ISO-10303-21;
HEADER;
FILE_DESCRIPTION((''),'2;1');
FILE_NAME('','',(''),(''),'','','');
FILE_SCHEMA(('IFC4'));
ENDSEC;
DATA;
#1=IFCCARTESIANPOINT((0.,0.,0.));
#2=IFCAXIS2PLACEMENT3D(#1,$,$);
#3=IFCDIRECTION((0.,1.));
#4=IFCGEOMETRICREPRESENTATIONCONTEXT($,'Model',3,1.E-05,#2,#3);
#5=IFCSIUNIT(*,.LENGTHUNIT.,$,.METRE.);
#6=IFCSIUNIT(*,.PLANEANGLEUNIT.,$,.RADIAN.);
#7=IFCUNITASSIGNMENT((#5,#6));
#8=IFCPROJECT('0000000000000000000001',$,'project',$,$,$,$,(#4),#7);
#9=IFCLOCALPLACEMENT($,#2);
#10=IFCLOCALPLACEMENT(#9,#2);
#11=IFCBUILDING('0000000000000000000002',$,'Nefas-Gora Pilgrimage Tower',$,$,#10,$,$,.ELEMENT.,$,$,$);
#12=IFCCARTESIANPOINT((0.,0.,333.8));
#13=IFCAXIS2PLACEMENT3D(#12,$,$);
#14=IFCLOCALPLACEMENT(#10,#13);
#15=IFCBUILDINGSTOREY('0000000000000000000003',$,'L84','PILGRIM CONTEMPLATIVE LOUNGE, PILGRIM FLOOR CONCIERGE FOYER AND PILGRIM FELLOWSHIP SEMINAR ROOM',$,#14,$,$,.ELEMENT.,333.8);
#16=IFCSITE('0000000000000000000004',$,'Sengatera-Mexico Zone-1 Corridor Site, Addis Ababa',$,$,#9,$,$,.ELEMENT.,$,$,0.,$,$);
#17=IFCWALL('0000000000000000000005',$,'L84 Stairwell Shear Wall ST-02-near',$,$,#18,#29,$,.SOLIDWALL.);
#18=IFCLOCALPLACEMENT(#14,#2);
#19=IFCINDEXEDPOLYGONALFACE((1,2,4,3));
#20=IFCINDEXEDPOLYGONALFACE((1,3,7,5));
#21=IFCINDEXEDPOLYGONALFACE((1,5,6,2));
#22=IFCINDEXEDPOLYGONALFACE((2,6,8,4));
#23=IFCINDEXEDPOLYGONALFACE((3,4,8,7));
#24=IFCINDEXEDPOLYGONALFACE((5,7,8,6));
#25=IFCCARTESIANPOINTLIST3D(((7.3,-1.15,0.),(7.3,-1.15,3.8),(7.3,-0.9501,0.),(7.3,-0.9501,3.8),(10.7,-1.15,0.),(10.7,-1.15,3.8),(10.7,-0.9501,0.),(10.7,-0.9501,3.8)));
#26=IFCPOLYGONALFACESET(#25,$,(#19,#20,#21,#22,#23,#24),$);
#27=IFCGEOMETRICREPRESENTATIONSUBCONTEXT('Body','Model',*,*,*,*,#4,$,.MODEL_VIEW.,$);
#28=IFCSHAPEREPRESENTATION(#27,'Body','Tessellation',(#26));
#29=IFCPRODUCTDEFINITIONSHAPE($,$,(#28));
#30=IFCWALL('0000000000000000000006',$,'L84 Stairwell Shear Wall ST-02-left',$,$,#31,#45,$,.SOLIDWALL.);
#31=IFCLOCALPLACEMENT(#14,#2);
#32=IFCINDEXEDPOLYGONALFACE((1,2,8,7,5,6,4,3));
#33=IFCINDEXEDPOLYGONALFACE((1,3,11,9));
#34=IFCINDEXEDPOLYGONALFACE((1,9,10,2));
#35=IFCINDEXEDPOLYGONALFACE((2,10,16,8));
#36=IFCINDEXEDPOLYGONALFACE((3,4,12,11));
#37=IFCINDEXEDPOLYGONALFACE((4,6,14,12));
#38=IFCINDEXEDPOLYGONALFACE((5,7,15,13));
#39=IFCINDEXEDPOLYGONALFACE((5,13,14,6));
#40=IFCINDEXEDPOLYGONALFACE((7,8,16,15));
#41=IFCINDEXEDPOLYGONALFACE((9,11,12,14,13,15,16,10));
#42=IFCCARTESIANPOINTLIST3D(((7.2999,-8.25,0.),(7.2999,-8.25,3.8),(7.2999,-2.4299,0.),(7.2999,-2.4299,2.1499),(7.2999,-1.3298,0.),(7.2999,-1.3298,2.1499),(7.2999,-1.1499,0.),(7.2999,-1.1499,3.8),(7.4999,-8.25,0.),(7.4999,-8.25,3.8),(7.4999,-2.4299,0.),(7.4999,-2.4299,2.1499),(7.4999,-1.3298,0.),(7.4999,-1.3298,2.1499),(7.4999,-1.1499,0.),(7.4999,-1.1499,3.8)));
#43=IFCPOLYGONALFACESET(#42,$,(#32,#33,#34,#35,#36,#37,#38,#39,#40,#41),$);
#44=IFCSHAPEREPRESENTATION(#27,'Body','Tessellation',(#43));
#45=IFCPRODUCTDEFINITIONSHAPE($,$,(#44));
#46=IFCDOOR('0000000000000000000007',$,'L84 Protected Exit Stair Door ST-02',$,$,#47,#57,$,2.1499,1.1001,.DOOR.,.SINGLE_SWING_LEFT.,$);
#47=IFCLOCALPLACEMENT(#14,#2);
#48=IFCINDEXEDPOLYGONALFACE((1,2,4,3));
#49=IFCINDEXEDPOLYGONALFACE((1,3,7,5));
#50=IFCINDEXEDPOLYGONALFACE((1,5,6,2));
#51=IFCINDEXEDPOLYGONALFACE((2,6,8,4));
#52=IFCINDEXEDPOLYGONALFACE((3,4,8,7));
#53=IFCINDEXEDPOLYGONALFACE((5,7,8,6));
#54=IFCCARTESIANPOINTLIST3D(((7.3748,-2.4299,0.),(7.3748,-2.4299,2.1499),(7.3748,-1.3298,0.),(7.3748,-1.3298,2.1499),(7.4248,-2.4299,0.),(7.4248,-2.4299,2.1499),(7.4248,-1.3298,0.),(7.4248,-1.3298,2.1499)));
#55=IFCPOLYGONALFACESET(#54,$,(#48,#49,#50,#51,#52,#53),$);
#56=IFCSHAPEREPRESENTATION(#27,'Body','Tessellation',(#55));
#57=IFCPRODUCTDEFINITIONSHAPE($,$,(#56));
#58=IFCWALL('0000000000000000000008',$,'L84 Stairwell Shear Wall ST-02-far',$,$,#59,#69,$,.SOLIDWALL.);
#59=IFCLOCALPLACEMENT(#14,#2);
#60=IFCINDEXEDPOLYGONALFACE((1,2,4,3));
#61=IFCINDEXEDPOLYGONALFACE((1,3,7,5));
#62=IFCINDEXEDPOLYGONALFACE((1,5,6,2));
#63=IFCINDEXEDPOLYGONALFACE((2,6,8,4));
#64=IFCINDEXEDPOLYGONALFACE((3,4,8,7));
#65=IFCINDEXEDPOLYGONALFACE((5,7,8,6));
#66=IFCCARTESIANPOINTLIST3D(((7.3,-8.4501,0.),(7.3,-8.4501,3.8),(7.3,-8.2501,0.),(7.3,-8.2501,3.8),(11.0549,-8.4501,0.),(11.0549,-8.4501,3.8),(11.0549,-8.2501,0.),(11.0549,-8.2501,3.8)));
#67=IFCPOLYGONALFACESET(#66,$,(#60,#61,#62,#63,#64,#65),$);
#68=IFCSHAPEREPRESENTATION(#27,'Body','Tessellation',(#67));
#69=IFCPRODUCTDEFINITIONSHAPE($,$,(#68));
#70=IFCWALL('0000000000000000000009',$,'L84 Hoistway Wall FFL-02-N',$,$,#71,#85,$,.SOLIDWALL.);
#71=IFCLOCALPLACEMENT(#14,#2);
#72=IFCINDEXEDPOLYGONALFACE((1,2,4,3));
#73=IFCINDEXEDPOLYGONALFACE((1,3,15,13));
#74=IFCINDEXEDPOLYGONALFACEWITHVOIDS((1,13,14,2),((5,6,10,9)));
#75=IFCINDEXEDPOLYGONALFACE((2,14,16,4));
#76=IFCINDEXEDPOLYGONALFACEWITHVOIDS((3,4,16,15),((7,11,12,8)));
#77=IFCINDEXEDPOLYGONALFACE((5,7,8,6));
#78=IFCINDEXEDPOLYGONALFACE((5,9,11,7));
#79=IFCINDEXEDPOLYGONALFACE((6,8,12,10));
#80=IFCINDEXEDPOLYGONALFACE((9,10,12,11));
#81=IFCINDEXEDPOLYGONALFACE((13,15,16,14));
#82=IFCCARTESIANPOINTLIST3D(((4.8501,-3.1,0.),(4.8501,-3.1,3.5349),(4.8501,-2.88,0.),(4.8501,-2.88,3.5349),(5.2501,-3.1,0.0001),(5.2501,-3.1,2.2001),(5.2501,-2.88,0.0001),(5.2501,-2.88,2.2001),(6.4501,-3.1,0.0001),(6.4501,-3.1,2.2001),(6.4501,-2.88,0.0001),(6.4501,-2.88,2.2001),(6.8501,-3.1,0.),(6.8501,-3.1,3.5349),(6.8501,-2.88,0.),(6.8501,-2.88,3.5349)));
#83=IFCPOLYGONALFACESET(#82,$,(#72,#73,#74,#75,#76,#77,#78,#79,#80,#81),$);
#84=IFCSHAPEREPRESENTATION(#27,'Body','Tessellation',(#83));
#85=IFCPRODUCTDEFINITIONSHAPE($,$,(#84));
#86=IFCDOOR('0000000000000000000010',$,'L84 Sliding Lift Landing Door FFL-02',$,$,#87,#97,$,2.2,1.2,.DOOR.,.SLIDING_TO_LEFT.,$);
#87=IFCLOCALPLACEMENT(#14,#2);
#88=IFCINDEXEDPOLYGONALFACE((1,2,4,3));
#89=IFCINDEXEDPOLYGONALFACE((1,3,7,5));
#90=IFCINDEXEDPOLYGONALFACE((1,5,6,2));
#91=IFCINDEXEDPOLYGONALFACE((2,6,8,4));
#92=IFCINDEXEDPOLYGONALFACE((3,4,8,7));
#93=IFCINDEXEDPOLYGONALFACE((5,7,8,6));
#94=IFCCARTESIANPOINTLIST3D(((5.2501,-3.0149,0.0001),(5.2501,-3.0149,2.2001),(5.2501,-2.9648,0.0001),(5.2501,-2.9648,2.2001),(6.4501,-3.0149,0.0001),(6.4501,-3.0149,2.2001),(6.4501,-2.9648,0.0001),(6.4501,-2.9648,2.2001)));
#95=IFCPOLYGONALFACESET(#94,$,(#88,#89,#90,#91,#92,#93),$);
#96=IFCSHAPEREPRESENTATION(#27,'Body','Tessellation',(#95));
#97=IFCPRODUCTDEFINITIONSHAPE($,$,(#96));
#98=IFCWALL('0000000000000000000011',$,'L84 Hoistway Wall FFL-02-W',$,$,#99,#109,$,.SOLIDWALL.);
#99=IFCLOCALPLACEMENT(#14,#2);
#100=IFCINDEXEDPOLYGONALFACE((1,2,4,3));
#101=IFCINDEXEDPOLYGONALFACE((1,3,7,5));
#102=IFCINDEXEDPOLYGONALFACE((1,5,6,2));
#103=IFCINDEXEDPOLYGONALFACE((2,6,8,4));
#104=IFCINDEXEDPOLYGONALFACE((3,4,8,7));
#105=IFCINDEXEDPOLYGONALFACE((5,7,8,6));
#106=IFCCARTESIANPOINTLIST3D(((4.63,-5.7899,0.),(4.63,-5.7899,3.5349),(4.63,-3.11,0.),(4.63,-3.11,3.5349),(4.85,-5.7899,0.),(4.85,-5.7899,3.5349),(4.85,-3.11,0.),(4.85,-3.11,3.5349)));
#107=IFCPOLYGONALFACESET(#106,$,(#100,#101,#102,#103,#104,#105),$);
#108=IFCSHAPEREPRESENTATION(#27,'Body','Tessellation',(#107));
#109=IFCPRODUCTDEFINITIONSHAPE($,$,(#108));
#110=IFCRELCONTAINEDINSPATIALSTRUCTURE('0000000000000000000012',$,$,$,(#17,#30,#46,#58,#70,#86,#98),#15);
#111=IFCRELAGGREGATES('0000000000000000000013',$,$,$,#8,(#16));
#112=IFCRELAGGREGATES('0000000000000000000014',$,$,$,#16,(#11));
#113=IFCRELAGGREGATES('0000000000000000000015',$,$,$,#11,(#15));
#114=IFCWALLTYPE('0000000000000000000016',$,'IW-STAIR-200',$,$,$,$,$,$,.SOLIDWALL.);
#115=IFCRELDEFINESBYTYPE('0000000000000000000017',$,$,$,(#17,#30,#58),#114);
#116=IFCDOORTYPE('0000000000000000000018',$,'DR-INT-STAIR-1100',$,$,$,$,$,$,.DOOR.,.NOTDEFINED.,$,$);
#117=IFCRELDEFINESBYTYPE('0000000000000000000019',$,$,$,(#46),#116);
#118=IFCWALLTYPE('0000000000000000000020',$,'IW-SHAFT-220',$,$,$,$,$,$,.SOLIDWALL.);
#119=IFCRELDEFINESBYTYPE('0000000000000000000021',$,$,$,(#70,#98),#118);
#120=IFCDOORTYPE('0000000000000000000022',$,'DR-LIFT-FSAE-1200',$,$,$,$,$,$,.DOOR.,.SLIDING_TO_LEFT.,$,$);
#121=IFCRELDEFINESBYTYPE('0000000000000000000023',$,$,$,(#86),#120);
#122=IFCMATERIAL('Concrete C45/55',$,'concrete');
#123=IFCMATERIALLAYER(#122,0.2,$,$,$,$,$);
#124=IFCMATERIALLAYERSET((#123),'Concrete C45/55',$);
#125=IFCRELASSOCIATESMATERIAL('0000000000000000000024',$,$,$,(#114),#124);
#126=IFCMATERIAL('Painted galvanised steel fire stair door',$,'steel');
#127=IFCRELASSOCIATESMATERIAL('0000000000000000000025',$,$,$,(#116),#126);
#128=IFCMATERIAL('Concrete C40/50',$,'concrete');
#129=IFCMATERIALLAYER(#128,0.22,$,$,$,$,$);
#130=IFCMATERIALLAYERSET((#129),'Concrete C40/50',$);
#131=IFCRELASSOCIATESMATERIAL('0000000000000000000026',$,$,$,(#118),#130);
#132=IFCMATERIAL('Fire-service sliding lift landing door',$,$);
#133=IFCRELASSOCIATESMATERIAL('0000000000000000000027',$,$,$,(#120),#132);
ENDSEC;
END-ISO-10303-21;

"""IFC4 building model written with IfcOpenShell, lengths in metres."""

from ifc_helpers import new_model, si_unit, direction, frame, frame_2d, origin, place, context, subcontext, project, spatial, rectangle, extrude, source, transform, mapped, material, layer, layer_set, type_object, element, fill, save


model = new_model("IFC4")

# Units and contexts
model_context = context("Model", 3, precision=1e-05, world=origin(), true_north=direction((0.0, 1.0)))
body_context = subcontext(model_context, "Body", "Model", "MODEL_VIEW")
ifc_project = project(units=[si_unit("LENGTHUNIT", "METRE"), si_unit("PLANEANGLEUNIT", "RADIAN")], contexts=[model_context])

# Site, building, storey
site_placement = place(None, origin())
site = spatial("IfcSite", under=ifc_project, at=site_placement, Name="Sengatera-Mexico Zone-1 Corridor Site, Addis Ababa", CompositionType="ELEMENT", RefElevation=0.0)
building_placement = place(site_placement, origin())
building = spatial("IfcBuilding", under=site, at=building_placement, Name="Nefas-Gora Pilgrimage Tower", CompositionType="ELEMENT")
storey_placement = place(building_placement, frame((0.0, 0.0, 333.8)))
storey = spatial("IfcBuildingStorey", under=building, at=storey_placement, Name="L84", Description="PILGRIM CONTEMPLATIVE LOUNGE, PILGRIM FLOOR CONCIERGE FOYER AND PILGRIM FELLOWSHIP SEMINAR ROOM", CompositionType="ELEMENT", Elevation=333.8)

# Wall
ifc_material_1 = material(Name="Concrete C45/55", Category="concrete")
ifc_layer_1 = layer(ifc_material_1, 0.2)
ifc_layer_set_1 = layer_set([ifc_layer_1], Name="Concrete C45/55")
wall_type_1 = type_object("IfcWallType", Name="IW-STAIR-200", PredefinedType="SOLIDWALL", material=ifc_layer_set_1)
shared_shape_1 = source(origin(), body_context, "Body", "SweptSolid", [
    extrude(rectangle(XDim=3.3999, YDim=0.2, at=frame_2d((1.7, 0.0))), origin(), (0.0, 0.0, 1.0), 3.8),
])
wall_1_placement = place(storey_placement, frame((7.3, -1.05, 0.0), z_axis=(0.0, 0.0, 1.0), x_axis=(1.0, 0.0, 0.0)))
element("IfcWall", 1, at=wall_1_placement, inside=storey, type_object=wall_type_1, Name="L84 Stairwell Shear Wall ST-02-near", PredefinedType="SOLIDWALL", context=body_context, shape_type="MappedRepresentation", body=[
    mapped(shared_shape_1, transform((0.0, 0.0, 0.0), x_axis=(1.0, 0.0, 0.0), y_axis=(0.0, 1.0, 0.0), z_axis=(0.0, 0.0, 1.0), scale=1.0)),
])

# Wall, opening, door
shared_shape_2 = source(origin(), body_context, "Body", "SweptSolid", [
    extrude(rectangle(XDim=7.1001, YDim=0.2, at=frame_2d((3.55, 0.0))), origin(), (0.0, 0.0, 1.0), 3.8),
])
wall_2_placement = place(storey_placement, frame((7.3999, -1.1499, 0.0), z_axis=(0.0, 0.0, 1.0), x_axis=(0.0, -1.0, 0.0)))
wall_2 = element("IfcWall", 2, at=wall_2_placement, inside=storey, type_object=wall_type_1, Name="L84 Stairwell Shear Wall ST-02-left", PredefinedType="SOLIDWALL", context=body_context, shape_type="MappedRepresentation", body=[
    mapped(shared_shape_2, transform((0.0, 0.0, 0.0), x_axis=(1.0, 0.0, 0.0), y_axis=(0.0, 1.0, 0.0), z_axis=(0.0, 0.0, 1.0), scale=1.0)),
])
opening_1_placement = place(wall_2_placement, frame((0.1799, 0.0, 0.0)))
opening_1 = element("IfcOpeningElement", 3, at=opening_1_placement, cuts=wall_2, PredefinedType="OPENING", context=body_context, shape_type="SweptSolid", body=[
    extrude(rectangle(XDim=1.1001, YDim=2.1499, at=frame_2d((0.55, 1.075))), frame((0.0, 0.1099, 0.0), z_axis=(0.0, -1.0, 0.0), x_axis=(1.0, 0.0, 0.0)), (0.0, 0.0, 1.0), 0.22),
])
ifc_material_2 = material(Name="Painted galvanised steel fire stair door", Category="steel")
door_type_1 = type_object("IfcDoorType", Name="DR-INT-STAIR-1100", OperationType="NOTDEFINED", PredefinedType="DOOR", material=ifc_material_2)
shared_shape_3 = source(origin(), body_context, "Body", "SweptSolid", [
    extrude(rectangle(XDim=1.1001, YDim=2.1499, at=frame_2d((0.55, 1.075))), frame((0.0, 0.0249, 0.0), z_axis=(0.0, -1.0, 0.0), x_axis=(1.0, 0.0, 0.0)), (0.0, 0.0, 1.0), 0.05),
])
door_1_placement = place(opening_1_placement, origin())
door_1 = element("IfcDoor", 4, at=door_1_placement, inside=storey, type_object=door_type_1, Name="L84 Protected Exit Stair Door ST-02", OperationType="SINGLE_SWING_LEFT", OverallHeight=2.1499, OverallWidth=1.1001, PredefinedType="DOOR", context=body_context, shape_type="MappedRepresentation", body=[
    mapped(shared_shape_3, transform((0.0, 0.0, 0.0), x_axis=(1.0, 0.0, 0.0), y_axis=(0.0, 1.0, 0.0), z_axis=(0.0, 0.0, 1.0), scale=1.0)),
])
fill(opening_1, door_1)

# Wall
shared_shape_4 = source(origin(), body_context, "Body", "SweptSolid", [
    extrude(rectangle(XDim=3.7549, YDim=0.2, at=frame_2d((1.8774, 0.0))), origin(), (0.0, 0.0, 1.0), 3.8),
])
wall_3_placement = place(storey_placement, frame((7.3, -8.3501, 0.0), z_axis=(0.0, 0.0, 1.0), x_axis=(1.0, 0.0, 0.0)))
element("IfcWall", 5, at=wall_3_placement, inside=storey, type_object=wall_type_1, Name="L84 Stairwell Shear Wall ST-02-far", PredefinedType="SOLIDWALL", context=body_context, shape_type="MappedRepresentation", body=[
    mapped(shared_shape_4, transform((0.0, 0.0, 0.0), x_axis=(1.0, 0.0, 0.0), y_axis=(0.0, 1.0, 0.0), z_axis=(0.0, 0.0, 1.0), scale=1.0)),
])

# Wall, opening, door
ifc_material_3 = material(Name="Concrete C40/50", Category="concrete")
ifc_layer_2 = layer(ifc_material_3, 0.22)
ifc_layer_set_2 = layer_set([ifc_layer_2], Name="Concrete C40/50")
wall_type_2 = type_object("IfcWallType", Name="IW-SHAFT-220", PredefinedType="SOLIDWALL", material=ifc_layer_set_2)
shared_shape_5 = source(origin(), body_context, "Body", "SweptSolid", [
    extrude(rectangle(XDim=2.0, YDim=0.22, at=frame_2d((1.0, 0.0))), origin(), (0.0, 0.0, 1.0), 3.5349),
])
wall_4_placement = place(storey_placement, frame((6.8501, -2.99, 0.0), z_axis=(0.0, 0.0, 1.0), x_axis=(-1.0, 0.0, 0.0)))
wall_4 = element("IfcWall", 6, at=wall_4_placement, inside=storey, type_object=wall_type_2, Name="L84 Hoistway Wall FFL-02-N", PredefinedType="SOLIDWALL", context=body_context, shape_type="MappedRepresentation", body=[
    mapped(shared_shape_5, transform((0.0, 0.0, 0.0), x_axis=(1.0, 0.0, 0.0), y_axis=(0.0, 1.0, 0.0), z_axis=(0.0, 0.0, 1.0), scale=1.0)),
])
opening_2_placement = place(wall_4_placement, frame((0.3999, 0.0, 0.0)))
opening_2 = element("IfcOpeningElement", 7, at=opening_2_placement, cuts=wall_4, PredefinedType="OPENING", context=body_context, shape_type="SweptSolid", body=[
    extrude(rectangle(XDim=1.2, YDim=2.2, at=frame_2d((0.6001, 1.1001))), frame((0.0, 0.1199, 0.0), z_axis=(0.0, -1.0, 0.0), x_axis=(1.0, 0.0, 0.0)), (0.0, 0.0, 1.0), 0.24),
])
ifc_material_4 = material(Name="Fire-service sliding lift landing door")
door_type_2 = type_object("IfcDoorType", Name="DR-LIFT-FSAE-1200", OperationType="SLIDING_TO_LEFT", PredefinedType="DOOR", material=ifc_material_4)
shared_shape_6 = source(origin(), body_context, "Body", "SweptSolid", [
    extrude(rectangle(XDim=1.2, YDim=2.2, at=frame_2d((0.6001, 1.1001))), frame((0.0, 0.0249, 0.0), z_axis=(0.0, -1.0, 0.0), x_axis=(1.0, 0.0, 0.0)), (0.0, 0.0, 1.0), 0.05),
])
door_2_placement = place(opening_2_placement, origin())
door_2 = element("IfcDoor", 8, at=door_2_placement, inside=storey, type_object=door_type_2, Name="L84 Sliding Lift Landing Door FFL-02", OperationType="SLIDING_TO_LEFT", OverallHeight=2.2, OverallWidth=1.2, PredefinedType="DOOR", context=body_context, shape_type="MappedRepresentation", body=[
    mapped(shared_shape_6, transform((0.0, 0.0, 0.0), x_axis=(1.0, 0.0, 0.0), y_axis=(0.0, 1.0, 0.0), z_axis=(0.0, 0.0, 1.0), scale=1.0)),
])
fill(opening_2, door_2)

# Wall
shared_shape_7 = source(origin(), body_context, "Body", "SweptSolid", [
    extrude(rectangle(XDim=2.6799, YDim=0.22, at=frame_2d((1.3398, 0.0))), origin(), (0.0, 0.0, 1.0), 3.5349),
])
wall_5_placement = place(storey_placement, frame((4.74, -3.1101, 0.0), z_axis=(0.0, 0.0, 1.0), x_axis=(0.0, -1.0, 0.0)))
element("IfcWall", 9, at=wall_5_placement, inside=storey, type_object=wall_type_2, Name="L84 Hoistway Wall FFL-02-W", PredefinedType="SOLIDWALL", context=body_context, shape_type="MappedRepresentation", body=[
    mapped(shared_shape_7, transform((0.0, 0.0, 0.0), x_axis=(1.0, 0.0, 0.0), y_axis=(0.0, 1.0, 0.0), z_axis=(0.0, 0.0, 1.0), scale=1.0)),
])

save(model, "model.ifc")
